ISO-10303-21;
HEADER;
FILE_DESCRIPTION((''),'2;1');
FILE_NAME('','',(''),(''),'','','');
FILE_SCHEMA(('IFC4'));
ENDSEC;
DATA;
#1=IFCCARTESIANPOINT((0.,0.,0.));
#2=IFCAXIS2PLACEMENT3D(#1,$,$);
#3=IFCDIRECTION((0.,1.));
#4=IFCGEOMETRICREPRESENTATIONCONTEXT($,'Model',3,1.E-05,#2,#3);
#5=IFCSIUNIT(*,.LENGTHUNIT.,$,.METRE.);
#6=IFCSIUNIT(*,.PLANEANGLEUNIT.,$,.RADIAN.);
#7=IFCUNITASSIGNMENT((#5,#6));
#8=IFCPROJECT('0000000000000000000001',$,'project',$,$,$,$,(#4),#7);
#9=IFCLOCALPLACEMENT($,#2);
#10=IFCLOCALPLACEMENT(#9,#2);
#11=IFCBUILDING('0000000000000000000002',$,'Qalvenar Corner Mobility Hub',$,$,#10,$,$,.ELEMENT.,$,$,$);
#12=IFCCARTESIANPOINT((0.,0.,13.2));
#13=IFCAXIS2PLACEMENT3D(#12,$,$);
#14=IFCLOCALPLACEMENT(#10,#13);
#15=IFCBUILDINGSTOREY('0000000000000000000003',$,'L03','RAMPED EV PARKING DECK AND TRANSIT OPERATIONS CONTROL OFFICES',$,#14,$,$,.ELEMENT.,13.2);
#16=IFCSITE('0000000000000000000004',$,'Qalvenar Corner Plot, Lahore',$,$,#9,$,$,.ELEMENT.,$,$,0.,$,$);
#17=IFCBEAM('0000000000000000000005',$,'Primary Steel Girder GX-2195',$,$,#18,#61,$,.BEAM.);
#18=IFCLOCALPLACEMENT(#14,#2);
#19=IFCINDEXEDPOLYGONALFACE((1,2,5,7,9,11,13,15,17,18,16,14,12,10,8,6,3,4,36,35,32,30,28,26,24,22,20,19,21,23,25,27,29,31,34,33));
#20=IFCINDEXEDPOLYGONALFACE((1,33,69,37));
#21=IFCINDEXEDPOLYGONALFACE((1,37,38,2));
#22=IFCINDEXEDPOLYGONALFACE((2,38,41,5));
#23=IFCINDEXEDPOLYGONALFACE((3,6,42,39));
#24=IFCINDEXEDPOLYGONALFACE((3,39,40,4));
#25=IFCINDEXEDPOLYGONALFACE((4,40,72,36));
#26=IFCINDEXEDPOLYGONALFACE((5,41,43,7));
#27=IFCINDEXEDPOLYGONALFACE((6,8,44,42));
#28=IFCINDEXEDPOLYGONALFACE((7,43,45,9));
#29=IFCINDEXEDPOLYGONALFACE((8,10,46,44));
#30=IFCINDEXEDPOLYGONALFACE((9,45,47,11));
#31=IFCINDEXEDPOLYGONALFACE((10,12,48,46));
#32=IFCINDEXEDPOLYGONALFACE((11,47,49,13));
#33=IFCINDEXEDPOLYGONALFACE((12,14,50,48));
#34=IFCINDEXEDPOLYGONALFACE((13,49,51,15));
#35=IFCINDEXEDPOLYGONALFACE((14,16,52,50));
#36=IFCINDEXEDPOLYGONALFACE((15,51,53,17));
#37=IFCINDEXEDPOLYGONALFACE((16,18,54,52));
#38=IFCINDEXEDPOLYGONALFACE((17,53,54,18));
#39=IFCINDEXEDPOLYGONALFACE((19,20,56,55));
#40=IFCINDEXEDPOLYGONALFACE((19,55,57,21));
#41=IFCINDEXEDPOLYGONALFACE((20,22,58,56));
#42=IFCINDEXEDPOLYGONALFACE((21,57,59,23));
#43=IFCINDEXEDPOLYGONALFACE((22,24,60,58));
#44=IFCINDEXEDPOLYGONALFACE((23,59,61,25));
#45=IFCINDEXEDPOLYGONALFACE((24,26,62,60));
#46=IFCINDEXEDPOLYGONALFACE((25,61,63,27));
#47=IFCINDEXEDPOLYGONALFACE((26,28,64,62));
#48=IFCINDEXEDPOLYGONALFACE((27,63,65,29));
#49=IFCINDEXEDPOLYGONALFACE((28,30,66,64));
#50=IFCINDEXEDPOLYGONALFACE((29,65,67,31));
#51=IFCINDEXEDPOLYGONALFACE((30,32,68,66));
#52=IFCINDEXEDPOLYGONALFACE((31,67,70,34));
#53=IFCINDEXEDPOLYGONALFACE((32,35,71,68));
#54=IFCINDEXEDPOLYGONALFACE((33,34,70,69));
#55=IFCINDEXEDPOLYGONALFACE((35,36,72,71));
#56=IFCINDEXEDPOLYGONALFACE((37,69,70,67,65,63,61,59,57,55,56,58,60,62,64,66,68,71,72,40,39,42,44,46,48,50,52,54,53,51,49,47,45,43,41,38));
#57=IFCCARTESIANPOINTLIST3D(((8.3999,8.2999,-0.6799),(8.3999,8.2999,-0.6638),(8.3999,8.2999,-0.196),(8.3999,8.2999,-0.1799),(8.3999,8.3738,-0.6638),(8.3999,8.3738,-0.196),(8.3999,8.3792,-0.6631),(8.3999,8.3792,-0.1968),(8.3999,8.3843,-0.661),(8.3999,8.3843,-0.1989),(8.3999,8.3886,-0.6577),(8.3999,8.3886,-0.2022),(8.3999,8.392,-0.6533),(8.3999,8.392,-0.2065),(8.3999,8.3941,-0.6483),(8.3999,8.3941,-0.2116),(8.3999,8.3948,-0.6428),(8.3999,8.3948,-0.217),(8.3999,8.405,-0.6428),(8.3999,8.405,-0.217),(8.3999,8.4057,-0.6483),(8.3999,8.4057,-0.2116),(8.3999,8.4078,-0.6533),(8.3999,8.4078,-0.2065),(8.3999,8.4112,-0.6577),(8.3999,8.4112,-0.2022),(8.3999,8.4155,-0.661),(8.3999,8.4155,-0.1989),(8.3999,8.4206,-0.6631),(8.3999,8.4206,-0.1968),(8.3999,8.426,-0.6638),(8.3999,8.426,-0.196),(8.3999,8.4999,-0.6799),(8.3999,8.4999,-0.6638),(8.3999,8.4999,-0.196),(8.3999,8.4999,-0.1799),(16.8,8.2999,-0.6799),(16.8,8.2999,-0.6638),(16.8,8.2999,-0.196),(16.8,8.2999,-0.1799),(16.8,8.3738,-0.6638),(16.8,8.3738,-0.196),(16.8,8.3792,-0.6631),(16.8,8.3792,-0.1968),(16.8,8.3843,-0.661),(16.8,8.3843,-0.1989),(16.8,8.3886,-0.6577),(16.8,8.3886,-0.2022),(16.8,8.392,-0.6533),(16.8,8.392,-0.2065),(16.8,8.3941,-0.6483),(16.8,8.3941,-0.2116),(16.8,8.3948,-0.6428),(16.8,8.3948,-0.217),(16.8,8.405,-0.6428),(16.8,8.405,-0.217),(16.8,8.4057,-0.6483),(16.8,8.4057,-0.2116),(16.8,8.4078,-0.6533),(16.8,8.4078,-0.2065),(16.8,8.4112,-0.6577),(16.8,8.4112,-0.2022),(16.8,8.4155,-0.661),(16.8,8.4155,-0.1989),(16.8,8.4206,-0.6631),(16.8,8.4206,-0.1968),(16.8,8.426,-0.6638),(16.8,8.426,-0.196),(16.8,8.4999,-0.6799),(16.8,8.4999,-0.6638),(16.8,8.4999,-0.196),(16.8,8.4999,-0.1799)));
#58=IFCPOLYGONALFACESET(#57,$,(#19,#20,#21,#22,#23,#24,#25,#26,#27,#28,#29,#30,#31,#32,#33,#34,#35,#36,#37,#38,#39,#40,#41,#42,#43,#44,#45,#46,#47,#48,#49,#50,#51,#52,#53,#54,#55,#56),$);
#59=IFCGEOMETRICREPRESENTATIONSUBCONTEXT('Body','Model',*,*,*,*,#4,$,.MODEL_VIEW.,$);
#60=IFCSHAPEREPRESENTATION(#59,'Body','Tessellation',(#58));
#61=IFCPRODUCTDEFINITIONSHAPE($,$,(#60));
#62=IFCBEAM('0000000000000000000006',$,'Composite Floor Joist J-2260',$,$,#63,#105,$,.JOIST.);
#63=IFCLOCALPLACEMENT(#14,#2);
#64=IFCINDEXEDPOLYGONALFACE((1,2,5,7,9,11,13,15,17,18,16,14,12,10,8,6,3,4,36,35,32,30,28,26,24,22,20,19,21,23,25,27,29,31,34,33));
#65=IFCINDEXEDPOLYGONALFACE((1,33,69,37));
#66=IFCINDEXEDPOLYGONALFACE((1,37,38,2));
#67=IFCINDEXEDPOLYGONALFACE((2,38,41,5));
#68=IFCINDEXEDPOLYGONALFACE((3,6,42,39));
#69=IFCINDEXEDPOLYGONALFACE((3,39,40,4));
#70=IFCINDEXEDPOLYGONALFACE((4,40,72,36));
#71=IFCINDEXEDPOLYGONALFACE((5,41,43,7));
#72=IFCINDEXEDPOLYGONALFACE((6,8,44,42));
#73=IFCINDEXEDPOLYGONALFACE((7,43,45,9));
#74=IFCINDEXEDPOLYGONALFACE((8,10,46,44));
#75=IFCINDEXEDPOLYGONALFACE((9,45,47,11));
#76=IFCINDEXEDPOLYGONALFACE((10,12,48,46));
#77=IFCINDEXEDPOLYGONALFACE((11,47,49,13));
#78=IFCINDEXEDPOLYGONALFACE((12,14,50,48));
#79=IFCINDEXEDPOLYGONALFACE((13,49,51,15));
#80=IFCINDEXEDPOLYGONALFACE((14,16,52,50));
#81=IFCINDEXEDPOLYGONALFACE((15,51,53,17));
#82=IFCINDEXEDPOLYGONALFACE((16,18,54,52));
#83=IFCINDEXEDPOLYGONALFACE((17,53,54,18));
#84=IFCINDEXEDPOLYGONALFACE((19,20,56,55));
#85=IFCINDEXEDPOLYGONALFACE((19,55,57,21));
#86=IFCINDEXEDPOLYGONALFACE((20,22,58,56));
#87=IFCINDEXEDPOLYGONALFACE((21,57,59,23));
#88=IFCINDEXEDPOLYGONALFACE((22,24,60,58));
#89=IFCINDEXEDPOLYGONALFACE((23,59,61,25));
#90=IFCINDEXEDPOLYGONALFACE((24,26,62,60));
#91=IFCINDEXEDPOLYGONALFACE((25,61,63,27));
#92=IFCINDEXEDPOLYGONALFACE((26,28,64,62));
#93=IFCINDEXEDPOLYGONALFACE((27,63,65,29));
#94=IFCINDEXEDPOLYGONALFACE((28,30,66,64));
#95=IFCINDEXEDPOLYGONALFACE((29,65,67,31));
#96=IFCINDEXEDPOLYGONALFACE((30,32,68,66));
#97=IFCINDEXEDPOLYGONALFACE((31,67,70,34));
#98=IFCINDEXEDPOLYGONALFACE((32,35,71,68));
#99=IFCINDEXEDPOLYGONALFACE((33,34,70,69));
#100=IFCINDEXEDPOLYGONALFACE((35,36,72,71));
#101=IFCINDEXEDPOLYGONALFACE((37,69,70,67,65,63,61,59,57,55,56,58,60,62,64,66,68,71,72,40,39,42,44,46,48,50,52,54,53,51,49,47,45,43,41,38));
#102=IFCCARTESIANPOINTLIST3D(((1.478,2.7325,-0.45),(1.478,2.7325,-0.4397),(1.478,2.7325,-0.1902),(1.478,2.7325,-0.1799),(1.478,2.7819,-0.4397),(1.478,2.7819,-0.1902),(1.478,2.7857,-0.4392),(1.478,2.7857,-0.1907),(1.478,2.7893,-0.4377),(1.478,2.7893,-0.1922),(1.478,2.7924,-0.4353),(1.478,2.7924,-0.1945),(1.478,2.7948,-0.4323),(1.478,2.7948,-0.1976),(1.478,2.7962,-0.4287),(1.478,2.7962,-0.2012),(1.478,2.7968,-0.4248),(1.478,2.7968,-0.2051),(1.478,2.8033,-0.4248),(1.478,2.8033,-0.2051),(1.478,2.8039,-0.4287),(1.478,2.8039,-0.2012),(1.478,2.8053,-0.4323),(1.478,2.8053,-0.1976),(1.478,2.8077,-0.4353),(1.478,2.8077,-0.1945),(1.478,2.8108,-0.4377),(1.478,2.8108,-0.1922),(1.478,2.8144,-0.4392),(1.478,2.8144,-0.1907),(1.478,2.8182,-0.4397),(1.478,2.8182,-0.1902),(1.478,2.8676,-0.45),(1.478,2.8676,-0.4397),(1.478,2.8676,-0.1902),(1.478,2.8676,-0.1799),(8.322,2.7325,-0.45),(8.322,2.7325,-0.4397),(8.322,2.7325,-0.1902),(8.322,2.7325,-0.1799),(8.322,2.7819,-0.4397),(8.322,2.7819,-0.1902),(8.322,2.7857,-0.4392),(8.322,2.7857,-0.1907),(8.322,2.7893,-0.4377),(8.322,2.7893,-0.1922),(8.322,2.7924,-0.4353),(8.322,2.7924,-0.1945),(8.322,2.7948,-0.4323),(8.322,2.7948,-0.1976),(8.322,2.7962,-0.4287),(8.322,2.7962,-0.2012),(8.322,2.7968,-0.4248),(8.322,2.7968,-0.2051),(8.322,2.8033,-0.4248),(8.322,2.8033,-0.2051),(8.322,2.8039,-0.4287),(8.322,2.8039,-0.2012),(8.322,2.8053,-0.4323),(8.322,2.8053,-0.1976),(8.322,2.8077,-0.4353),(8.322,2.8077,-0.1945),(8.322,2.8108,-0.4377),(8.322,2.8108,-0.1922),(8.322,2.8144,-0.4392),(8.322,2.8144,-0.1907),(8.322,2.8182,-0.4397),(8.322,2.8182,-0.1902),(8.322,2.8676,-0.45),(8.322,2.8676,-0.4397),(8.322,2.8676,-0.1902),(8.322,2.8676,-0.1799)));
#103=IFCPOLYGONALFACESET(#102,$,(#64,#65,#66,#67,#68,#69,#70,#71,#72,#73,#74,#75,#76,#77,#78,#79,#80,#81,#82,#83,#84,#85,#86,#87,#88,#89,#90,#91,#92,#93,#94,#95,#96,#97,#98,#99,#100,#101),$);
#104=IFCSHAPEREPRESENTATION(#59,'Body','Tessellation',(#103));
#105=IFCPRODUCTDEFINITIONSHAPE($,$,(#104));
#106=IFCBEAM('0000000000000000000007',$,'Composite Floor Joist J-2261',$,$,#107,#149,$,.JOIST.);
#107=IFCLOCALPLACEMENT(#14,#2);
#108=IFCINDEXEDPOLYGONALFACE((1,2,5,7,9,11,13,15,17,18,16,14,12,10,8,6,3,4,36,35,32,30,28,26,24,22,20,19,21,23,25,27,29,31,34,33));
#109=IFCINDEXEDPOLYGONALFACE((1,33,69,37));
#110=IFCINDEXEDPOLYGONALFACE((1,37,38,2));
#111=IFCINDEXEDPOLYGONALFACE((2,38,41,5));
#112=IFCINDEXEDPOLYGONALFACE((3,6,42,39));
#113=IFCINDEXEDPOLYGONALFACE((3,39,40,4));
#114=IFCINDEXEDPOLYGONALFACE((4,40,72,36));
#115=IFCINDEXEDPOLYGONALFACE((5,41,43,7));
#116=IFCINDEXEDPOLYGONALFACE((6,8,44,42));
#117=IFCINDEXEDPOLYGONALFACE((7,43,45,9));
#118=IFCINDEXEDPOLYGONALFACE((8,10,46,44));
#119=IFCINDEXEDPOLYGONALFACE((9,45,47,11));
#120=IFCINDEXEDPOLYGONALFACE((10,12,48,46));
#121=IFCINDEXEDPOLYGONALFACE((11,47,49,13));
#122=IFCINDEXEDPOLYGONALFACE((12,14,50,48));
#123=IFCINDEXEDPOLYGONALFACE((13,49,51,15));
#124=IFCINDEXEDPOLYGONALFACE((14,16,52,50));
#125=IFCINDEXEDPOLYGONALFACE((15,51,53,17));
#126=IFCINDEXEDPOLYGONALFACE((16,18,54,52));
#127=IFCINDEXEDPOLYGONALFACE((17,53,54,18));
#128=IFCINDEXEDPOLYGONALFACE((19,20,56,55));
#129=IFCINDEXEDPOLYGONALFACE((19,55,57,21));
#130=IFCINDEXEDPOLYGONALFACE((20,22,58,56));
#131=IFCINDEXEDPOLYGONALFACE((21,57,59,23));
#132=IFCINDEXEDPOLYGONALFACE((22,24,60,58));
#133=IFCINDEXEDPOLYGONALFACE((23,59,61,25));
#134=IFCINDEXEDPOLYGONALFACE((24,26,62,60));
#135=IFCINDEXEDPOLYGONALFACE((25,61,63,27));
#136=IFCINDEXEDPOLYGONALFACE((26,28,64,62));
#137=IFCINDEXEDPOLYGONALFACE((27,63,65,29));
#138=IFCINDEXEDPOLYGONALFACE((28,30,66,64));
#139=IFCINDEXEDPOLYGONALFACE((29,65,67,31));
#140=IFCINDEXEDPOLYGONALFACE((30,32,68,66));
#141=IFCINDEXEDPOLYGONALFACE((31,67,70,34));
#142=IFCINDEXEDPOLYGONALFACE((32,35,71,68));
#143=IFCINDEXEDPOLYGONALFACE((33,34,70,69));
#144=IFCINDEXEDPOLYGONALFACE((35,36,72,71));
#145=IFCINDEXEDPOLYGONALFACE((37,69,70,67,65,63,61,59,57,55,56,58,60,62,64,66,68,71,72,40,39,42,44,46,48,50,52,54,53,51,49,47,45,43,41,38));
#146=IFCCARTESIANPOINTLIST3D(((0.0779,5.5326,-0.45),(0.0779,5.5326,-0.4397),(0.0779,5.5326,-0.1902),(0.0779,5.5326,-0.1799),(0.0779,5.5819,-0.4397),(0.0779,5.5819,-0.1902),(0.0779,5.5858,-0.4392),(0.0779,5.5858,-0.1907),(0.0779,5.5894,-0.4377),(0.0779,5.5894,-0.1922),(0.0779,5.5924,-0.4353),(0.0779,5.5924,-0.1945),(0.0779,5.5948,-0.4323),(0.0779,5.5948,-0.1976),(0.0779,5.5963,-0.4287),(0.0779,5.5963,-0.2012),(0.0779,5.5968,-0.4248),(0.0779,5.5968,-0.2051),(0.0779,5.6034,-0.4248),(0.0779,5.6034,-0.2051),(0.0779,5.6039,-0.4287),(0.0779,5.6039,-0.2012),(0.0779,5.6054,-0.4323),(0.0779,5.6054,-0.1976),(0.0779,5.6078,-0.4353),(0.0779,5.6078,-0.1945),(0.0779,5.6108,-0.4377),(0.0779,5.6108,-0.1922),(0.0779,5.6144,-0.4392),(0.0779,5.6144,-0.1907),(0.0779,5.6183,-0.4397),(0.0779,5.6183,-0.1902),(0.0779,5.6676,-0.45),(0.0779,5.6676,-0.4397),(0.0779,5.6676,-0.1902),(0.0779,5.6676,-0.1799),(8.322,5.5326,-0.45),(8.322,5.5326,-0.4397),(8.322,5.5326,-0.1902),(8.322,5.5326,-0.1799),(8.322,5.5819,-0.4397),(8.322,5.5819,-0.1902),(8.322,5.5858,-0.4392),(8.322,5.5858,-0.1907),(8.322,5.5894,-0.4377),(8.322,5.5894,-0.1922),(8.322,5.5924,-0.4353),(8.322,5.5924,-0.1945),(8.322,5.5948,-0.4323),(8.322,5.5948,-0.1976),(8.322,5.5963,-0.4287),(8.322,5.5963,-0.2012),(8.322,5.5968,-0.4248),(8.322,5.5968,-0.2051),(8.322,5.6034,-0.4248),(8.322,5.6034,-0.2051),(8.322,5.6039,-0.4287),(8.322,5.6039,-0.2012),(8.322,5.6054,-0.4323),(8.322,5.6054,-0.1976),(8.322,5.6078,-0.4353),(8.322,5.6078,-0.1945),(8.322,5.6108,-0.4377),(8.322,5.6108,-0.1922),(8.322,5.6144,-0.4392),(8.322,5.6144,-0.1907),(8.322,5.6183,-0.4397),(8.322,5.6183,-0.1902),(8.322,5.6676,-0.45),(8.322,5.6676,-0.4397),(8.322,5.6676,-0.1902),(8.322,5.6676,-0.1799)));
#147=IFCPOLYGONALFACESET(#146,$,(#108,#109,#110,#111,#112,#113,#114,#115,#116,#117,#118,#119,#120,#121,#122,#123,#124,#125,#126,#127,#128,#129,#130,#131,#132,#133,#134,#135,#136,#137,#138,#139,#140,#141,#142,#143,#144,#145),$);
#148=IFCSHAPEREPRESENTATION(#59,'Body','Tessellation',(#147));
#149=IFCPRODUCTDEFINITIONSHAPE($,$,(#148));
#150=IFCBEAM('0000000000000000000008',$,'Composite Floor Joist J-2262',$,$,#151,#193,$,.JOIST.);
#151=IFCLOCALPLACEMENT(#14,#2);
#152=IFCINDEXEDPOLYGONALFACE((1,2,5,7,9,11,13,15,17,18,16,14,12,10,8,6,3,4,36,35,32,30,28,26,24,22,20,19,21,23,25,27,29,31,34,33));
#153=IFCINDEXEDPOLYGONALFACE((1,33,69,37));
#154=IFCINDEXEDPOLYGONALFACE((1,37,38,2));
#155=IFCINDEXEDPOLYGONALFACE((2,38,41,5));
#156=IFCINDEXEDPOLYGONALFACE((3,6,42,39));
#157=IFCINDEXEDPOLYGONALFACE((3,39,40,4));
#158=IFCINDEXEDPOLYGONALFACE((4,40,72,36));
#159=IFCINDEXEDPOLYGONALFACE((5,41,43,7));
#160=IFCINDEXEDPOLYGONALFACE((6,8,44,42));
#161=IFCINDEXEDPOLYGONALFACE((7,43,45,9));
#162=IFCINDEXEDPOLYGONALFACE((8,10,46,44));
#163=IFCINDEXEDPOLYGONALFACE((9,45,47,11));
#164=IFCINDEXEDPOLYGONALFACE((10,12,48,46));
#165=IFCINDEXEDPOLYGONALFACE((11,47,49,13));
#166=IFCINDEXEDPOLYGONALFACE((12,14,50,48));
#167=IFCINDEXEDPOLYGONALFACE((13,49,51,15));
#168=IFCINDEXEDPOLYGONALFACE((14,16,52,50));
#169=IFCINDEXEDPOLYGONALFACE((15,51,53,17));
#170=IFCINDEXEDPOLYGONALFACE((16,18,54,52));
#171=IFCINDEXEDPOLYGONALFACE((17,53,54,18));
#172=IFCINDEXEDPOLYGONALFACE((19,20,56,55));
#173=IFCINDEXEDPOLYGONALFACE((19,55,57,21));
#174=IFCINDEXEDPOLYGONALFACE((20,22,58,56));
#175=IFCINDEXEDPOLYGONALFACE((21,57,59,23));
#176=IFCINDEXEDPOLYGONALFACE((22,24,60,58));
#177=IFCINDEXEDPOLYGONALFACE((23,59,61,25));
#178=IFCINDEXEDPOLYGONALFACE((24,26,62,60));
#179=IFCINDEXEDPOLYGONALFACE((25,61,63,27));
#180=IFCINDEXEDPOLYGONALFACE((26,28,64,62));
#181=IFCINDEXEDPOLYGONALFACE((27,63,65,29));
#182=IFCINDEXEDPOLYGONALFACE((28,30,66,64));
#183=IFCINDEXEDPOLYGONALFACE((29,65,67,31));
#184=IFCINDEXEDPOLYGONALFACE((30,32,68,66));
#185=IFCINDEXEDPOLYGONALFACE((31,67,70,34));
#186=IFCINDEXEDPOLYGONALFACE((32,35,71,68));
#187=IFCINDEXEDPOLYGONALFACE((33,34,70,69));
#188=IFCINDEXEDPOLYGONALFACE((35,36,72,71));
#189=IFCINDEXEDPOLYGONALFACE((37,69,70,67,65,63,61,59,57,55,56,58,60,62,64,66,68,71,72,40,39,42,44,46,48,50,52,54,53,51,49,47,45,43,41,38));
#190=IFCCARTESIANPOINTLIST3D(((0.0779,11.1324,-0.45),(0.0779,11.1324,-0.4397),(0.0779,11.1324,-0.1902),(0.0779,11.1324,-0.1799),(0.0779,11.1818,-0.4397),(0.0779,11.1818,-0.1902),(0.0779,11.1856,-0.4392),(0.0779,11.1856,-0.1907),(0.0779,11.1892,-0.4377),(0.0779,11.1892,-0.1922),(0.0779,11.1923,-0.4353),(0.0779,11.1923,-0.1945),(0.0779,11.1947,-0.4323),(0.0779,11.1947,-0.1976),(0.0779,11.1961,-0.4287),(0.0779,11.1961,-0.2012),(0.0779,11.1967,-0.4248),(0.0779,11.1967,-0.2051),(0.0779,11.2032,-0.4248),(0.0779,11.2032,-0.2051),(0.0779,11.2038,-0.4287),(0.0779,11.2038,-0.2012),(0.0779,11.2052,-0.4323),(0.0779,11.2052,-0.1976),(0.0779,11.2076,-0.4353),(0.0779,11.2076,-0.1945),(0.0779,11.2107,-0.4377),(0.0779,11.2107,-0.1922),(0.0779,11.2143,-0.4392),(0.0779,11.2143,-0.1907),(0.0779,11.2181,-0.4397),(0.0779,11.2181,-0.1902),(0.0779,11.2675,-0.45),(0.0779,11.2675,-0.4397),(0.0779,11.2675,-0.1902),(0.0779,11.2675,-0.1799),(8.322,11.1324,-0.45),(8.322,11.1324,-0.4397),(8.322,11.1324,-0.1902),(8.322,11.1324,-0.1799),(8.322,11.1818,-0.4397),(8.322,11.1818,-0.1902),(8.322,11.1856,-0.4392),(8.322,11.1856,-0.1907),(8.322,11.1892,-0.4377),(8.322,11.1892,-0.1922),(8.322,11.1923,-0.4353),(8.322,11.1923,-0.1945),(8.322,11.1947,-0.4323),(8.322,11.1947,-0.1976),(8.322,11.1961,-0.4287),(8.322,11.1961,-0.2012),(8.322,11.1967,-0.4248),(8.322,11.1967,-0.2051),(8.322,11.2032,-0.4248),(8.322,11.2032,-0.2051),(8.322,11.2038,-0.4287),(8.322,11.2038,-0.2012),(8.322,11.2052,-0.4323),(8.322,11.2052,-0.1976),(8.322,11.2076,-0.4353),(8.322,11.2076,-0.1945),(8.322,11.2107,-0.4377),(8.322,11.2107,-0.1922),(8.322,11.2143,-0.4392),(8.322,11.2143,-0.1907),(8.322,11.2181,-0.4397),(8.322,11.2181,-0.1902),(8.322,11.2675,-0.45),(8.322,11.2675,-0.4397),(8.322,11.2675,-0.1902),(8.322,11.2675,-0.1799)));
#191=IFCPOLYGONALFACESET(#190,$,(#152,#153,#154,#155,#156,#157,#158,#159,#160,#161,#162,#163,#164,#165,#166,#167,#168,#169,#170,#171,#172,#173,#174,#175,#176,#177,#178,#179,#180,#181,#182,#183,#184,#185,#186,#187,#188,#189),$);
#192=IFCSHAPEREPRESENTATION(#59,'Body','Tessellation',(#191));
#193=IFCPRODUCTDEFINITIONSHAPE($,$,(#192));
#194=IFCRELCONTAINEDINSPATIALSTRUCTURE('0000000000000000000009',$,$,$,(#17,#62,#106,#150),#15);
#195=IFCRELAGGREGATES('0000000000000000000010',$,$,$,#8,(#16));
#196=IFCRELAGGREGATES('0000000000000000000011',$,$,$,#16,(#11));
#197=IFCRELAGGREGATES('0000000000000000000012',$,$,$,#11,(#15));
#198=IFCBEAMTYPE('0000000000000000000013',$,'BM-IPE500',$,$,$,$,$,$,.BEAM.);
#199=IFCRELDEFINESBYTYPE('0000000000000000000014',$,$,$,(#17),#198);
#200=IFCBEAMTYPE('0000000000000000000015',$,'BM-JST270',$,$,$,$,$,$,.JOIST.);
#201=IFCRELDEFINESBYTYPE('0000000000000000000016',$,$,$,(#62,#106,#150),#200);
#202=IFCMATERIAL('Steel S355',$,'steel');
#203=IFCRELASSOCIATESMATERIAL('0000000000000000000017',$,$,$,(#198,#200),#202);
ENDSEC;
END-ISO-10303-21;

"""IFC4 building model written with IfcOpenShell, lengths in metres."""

from ifc_helpers import new_model, si_unit, direction, frame, origin, origin_2d, place, context, subcontext, project, spatial, i_section, extrude, material, material_profile, profile_set, type_object, element, save


model = new_model("IFC4")

# Units and contexts
model_context = context("Model", 3, precision=1e-05, world=origin(), true_north=direction((0.0, 1.0)))
body_context = subcontext(model_context, "Body", "Model", "MODEL_VIEW")
ifc_project = project(units=[si_unit("LENGTHUNIT", "METRE"), si_unit("PLANEANGLEUNIT", "RADIAN")], contexts=[model_context])

# Site, building, storey
site_placement = place(None, origin())
site = spatial("IfcSite", under=ifc_project, at=site_placement, Name="Qalvenar Corner Plot, Lahore", CompositionType="ELEMENT", RefElevation=0.0)
building_placement = place(site_placement, origin())
building = spatial("IfcBuilding", under=site, at=building_placement, Name="Qalvenar Corner Mobility Hub", CompositionType="ELEMENT")
storey_placement = place(building_placement, frame((0.0, 0.0, 13.2)))
storey = spatial("IfcBuildingStorey", under=building, at=storey_placement, Name="L03", Description="RAMPED EV PARKING DECK AND TRANSIT OPERATIONS CONTROL OFFICES", CompositionType="ELEMENT", Elevation=13.2)

# Shared definitions
ifc_material_1 = material(Name="Steel S355", Category="steel")

# Beams
ifc_material_profile_1 = material_profile(ifc_material_1, i_section(OverallWidth=0.2, OverallDepth=0.5, WebThickness=0.0103, FlangeThickness=0.0161, FilletRadius=0.021, at=origin_2d()), Name="IPE500")
ifc_profile_set_1 = profile_set([ifc_material_profile_1], Name="Steel S355")
beam_type_1 = type_object("IfcBeamType", Name="BM-IPE500", PredefinedType="BEAM", material=ifc_profile_set_1)
beam_1_placement = place(storey_placement, frame((8.3999, 8.3999, -0.4299), z_axis=(1.0, 0.0, 0.0), x_axis=(0.0, 1.0, 0.0)))
element("IfcBeam", 1, at=beam_1_placement, inside=storey, type_object=beam_type_1, Name="Primary Steel Girder GX-2195", PredefinedType="BEAM", context=body_context, shape_type="SweptSolid", body=[
    extrude(i_section(OverallWidth=0.2, OverallDepth=0.5, WebThickness=0.0103, FlangeThickness=0.0161, FilletRadius=0.021, at=origin_2d()), origin(), (0.0, 0.0, 1.0), 8.4001),
])
ifc_material_profile_2 = material_profile(ifc_material_1, i_section(OverallWidth=0.135, OverallDepth=0.27, WebThickness=0.0066, FlangeThickness=0.0103, FilletRadius=0.0149, at=origin_2d()), Name="IPE270")
ifc_profile_set_2 = profile_set([ifc_material_profile_2], Name="Steel S355")
beam_type_2 = type_object("IfcBeamType", Name="BM-JST270", PredefinedType="JOIST", material=ifc_profile_set_2)
beam_2_placement = place(storey_placement, frame((1.478, 2.8, -0.3149), z_axis=(1.0, 0.0, 0.0), x_axis=(0.0, 1.0, 0.0)))
element("IfcBeam", 2, at=beam_2_placement, inside=storey, type_object=beam_type_2, Name="Composite Floor Joist J-2260", PredefinedType="JOIST", context=body_context, shape_type="SweptSolid", body=[
    extrude(i_section(OverallWidth=0.135, OverallDepth=0.27, WebThickness=0.0066, FlangeThickness=0.0103, FilletRadius=0.0149, at=origin_2d()), origin(), (0.0, 0.0, 1.0), 6.844),
])
for number, where, z_axis, x_axis, name in (
    (3, (0.0779, 5.6001, -0.3149), (1.0, 0.0, 0.0), (0.0, 1.0, 0.0), "Composite Floor Joist J-2261"),
    (4, (0.0779, 11.2, -0.3149), (1.0, 0.0, 0.0), (0.0, 1.0, 0.0), "Composite Floor Joist J-2262"),
):
    element("IfcBeam", number, at=place(storey_placement, frame(where, z_axis=z_axis, x_axis=x_axis)), inside=storey, type_object=beam_type_2, Name=name, PredefinedType="JOIST", context=body_context, shape_type="SweptSolid", body=[
        extrude(i_section(OverallWidth=0.135, OverallDepth=0.27, WebThickness=0.0066, FlangeThickness=0.0103, FilletRadius=0.0149, at=origin_2d()), origin(), (0.0, 0.0, 1.0), 8.2441),
    ])

save(model, "model.ifc")
